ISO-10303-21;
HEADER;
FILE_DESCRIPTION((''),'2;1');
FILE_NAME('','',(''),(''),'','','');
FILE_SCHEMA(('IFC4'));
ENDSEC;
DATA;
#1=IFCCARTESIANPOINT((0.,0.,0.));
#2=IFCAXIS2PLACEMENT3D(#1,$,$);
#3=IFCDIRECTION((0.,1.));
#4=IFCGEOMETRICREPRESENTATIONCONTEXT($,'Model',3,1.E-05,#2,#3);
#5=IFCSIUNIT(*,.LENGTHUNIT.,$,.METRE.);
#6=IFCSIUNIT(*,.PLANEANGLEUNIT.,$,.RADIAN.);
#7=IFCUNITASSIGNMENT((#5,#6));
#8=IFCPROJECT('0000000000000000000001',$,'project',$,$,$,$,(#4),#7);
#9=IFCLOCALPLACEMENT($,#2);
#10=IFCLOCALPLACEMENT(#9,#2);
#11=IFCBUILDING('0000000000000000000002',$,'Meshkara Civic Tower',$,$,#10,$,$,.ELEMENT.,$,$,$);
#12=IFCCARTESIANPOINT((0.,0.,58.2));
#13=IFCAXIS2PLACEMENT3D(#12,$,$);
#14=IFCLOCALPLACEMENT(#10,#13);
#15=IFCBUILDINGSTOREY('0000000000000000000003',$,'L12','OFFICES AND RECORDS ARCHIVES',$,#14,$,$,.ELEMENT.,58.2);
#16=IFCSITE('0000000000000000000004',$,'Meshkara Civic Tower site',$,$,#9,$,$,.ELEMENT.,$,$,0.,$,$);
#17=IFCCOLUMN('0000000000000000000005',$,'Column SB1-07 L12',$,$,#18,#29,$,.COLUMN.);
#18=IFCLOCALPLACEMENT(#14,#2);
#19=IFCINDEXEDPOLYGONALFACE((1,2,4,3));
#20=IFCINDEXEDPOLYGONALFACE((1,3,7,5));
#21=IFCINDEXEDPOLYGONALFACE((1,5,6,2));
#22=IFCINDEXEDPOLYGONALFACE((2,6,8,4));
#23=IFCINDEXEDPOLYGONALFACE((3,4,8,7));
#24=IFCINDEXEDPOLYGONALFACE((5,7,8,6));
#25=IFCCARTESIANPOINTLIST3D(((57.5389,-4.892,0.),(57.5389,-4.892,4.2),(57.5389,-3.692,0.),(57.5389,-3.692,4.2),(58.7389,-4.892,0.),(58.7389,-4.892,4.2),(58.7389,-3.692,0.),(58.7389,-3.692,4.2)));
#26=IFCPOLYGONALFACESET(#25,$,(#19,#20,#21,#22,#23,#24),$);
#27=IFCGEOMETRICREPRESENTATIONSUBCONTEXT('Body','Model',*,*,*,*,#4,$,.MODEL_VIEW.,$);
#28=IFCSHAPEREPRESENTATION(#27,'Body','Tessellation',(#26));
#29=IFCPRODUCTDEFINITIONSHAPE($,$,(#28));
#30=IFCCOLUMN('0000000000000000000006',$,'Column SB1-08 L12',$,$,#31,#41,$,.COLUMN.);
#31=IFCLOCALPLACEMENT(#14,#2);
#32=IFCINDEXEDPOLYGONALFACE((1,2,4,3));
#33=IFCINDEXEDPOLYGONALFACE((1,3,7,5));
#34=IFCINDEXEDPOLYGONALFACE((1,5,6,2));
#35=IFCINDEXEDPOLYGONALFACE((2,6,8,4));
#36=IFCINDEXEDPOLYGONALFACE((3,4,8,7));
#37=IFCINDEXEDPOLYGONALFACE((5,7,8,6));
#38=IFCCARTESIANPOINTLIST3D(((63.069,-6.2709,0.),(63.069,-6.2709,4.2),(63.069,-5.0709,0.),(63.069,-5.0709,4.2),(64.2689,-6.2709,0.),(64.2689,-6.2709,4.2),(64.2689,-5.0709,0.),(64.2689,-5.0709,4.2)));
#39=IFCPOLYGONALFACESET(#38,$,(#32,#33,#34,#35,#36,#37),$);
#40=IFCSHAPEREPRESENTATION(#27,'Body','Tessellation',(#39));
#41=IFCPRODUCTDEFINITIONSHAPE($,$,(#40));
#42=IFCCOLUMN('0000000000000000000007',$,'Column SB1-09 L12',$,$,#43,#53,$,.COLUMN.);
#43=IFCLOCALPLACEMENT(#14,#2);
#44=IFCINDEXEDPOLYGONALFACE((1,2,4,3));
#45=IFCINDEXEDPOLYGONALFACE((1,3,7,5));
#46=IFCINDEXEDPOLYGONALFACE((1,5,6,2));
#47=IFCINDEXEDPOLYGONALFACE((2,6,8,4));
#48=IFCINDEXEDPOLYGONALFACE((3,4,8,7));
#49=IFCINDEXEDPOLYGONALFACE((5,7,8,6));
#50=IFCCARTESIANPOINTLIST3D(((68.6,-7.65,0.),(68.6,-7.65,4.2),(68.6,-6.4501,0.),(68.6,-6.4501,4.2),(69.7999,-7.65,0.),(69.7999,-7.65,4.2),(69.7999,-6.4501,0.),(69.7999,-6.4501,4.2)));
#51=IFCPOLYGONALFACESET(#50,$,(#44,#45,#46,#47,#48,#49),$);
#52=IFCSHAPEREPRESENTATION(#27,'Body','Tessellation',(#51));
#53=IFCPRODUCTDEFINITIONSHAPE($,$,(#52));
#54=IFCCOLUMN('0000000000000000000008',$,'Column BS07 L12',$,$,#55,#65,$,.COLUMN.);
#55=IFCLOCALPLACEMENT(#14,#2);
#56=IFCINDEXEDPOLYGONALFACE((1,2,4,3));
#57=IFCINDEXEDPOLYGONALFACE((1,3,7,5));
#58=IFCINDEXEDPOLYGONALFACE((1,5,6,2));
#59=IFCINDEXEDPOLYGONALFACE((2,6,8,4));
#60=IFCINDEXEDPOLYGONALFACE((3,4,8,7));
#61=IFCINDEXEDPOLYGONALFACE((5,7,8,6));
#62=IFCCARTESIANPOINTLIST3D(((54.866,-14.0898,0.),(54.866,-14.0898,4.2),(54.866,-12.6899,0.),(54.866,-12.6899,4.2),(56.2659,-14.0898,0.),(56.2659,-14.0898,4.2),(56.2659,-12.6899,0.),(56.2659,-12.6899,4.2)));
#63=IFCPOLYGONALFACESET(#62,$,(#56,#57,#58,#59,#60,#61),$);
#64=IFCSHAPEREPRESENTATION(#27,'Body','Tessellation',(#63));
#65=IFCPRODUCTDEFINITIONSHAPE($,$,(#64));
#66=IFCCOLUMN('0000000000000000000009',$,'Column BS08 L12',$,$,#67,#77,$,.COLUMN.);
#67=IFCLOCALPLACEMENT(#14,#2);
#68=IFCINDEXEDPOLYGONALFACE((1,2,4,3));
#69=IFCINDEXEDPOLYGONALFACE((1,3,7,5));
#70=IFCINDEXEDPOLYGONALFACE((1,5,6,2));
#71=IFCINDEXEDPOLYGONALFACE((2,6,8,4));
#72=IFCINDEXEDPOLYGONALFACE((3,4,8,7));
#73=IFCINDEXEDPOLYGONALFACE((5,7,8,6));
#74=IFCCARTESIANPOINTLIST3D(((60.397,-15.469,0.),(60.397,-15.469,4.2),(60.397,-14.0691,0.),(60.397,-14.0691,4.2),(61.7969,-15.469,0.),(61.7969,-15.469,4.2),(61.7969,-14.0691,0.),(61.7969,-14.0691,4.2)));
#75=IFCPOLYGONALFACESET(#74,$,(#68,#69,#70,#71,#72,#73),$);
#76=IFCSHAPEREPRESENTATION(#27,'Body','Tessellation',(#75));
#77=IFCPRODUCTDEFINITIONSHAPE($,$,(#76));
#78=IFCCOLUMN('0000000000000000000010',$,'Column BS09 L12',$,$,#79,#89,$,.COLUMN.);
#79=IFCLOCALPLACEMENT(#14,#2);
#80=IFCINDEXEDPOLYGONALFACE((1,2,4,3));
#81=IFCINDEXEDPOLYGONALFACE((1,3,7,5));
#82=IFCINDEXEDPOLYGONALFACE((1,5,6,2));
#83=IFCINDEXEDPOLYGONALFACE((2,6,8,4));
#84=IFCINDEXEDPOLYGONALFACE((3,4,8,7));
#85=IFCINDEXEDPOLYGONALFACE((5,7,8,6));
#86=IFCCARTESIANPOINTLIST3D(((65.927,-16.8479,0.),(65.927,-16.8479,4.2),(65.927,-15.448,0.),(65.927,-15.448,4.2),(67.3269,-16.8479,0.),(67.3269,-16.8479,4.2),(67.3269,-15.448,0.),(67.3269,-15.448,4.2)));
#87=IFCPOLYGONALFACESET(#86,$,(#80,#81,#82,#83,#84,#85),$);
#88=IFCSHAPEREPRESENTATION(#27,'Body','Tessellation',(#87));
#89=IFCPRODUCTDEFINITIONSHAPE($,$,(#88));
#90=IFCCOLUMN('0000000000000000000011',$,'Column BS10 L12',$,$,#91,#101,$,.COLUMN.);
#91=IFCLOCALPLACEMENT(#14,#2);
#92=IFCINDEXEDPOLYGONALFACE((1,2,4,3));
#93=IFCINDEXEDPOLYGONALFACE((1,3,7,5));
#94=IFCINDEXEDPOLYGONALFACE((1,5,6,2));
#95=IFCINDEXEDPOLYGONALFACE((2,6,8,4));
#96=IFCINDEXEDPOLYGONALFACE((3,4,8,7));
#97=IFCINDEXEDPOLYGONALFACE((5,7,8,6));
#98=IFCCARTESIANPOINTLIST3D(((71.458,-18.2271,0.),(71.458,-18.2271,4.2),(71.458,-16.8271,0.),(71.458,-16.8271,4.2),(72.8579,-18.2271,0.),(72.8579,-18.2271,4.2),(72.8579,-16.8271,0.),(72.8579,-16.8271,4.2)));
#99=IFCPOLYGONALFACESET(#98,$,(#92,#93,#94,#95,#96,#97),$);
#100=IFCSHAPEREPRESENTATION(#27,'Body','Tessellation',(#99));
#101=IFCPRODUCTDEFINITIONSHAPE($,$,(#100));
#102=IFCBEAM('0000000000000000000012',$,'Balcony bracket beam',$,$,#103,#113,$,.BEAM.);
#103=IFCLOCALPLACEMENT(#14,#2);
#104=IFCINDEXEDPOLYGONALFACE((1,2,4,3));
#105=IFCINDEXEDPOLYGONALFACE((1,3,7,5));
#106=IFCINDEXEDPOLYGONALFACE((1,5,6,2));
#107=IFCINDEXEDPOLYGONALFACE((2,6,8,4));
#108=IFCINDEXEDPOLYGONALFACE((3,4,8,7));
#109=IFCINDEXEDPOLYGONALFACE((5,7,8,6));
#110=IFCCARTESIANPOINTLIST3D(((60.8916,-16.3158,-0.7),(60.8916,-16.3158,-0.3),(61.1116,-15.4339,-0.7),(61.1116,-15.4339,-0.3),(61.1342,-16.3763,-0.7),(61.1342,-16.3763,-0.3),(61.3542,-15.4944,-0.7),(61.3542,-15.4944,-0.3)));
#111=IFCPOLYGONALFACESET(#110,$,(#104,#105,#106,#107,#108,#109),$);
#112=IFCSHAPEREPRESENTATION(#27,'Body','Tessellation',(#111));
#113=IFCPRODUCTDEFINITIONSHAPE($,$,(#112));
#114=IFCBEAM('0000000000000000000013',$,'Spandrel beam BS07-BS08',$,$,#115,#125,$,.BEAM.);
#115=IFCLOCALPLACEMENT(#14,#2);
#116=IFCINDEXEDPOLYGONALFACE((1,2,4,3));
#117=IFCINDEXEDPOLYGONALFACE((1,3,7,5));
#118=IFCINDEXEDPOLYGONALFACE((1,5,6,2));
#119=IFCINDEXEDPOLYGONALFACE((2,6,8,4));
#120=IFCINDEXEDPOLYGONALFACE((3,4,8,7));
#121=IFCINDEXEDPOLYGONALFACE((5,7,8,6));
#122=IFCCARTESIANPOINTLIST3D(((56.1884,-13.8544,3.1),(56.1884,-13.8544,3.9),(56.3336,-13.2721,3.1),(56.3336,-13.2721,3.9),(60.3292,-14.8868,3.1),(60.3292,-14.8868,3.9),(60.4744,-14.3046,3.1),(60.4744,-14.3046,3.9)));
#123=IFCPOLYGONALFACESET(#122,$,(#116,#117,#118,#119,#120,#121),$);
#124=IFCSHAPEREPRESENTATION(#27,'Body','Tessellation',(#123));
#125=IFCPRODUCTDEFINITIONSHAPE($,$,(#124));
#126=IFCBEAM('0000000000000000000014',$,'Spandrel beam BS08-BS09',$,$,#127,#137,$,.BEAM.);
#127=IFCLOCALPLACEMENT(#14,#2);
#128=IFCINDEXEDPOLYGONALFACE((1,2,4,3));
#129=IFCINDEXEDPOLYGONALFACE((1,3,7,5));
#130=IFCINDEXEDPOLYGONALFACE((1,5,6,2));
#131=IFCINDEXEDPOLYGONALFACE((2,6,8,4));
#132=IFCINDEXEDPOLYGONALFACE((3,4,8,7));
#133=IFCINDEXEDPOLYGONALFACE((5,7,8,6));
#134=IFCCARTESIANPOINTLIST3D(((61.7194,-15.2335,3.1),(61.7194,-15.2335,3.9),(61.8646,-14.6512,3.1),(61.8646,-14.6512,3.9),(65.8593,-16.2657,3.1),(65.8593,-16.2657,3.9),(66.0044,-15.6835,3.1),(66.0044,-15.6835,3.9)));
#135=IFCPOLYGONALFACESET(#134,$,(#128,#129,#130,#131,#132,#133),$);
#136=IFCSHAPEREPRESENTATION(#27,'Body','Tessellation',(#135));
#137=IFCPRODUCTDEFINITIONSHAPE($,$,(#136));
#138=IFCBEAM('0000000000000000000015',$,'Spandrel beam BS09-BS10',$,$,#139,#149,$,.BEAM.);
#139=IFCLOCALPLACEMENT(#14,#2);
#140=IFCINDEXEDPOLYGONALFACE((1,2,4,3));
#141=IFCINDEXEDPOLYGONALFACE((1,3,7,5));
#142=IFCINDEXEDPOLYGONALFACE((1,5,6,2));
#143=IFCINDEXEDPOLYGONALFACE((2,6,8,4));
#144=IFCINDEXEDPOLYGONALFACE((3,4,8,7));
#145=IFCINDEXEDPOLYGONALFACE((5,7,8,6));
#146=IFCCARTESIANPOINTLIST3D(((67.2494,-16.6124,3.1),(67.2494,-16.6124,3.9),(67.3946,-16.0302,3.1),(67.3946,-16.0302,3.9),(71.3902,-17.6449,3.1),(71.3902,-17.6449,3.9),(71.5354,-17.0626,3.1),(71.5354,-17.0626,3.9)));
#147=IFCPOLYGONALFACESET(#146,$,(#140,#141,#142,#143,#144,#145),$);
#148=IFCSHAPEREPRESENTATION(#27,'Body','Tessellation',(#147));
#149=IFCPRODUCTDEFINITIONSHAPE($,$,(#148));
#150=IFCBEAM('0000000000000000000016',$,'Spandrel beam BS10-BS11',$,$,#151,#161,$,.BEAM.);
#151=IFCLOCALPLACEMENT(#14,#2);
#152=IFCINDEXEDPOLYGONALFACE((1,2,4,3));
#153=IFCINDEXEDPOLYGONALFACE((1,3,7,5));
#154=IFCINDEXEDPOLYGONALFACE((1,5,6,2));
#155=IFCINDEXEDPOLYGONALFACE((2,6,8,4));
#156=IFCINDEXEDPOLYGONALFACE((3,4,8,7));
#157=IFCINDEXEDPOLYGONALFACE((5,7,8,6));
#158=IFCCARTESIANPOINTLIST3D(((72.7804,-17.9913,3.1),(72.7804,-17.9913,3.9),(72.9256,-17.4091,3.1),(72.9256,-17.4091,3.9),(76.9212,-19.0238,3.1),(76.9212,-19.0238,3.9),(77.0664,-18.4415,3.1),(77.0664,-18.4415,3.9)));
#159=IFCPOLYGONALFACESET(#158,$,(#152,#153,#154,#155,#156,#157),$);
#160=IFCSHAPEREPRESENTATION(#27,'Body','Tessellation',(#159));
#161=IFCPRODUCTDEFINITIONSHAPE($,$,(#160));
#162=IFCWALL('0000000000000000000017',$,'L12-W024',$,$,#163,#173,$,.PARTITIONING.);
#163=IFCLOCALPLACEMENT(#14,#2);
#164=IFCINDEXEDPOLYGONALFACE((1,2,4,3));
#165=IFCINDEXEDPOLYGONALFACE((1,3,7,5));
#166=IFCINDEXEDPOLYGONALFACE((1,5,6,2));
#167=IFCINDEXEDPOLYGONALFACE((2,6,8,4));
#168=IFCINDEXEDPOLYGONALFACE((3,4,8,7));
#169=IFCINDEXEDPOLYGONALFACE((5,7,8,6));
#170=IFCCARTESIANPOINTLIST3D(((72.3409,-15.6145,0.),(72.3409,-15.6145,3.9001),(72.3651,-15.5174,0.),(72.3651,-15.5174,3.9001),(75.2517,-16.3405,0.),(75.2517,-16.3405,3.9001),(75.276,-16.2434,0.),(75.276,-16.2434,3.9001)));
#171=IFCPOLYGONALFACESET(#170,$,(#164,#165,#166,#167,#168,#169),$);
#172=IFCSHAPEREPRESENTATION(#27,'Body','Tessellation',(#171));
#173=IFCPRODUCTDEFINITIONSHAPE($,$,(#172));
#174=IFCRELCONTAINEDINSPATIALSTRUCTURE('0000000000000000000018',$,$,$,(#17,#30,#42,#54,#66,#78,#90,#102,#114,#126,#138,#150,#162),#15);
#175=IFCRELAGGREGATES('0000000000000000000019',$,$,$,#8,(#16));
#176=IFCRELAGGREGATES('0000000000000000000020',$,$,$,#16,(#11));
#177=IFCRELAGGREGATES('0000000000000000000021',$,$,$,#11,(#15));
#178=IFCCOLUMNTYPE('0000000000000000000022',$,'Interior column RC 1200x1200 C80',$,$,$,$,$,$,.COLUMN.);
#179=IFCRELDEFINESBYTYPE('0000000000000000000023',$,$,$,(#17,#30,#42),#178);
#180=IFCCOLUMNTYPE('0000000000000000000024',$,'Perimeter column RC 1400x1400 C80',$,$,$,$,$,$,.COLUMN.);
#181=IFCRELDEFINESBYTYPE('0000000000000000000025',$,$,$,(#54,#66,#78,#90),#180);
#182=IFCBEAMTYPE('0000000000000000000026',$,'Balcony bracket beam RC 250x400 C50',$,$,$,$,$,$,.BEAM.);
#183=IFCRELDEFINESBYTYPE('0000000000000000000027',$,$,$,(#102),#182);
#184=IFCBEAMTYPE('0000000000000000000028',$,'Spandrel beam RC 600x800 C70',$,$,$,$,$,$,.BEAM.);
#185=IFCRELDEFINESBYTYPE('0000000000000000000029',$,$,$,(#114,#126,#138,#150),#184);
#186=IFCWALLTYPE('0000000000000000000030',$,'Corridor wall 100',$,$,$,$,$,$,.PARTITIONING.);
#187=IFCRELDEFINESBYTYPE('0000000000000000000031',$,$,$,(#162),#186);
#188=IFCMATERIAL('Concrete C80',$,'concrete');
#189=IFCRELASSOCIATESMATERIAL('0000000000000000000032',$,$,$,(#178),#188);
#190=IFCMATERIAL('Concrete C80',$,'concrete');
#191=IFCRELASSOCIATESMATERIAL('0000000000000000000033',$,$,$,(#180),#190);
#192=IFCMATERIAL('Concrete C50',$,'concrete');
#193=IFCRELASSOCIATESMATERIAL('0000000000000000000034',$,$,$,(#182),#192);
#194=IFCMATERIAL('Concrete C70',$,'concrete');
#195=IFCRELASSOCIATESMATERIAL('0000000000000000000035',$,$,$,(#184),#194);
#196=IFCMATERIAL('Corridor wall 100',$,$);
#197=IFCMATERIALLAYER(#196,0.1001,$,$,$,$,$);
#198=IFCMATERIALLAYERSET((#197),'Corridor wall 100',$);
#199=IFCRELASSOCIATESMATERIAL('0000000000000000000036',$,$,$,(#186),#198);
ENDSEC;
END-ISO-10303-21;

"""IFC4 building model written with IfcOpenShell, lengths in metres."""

from ifc_helpers import new_model, si_unit, direction, frame, frame_2d, origin, origin_2d, place, context, subcontext, project, spatial, rectangle, extrude, material, layer, layer_set, material_profile, profile_set, type_object, element, save


model = new_model("IFC4")

# Units and contexts
model_context = context("Model", 3, precision=1e-05, world=origin(), true_north=direction((0.0, 1.0)))
body_context = subcontext(model_context, "Body", "Model", "MODEL_VIEW")
ifc_project = project(units=[si_unit("LENGTHUNIT", "METRE"), si_unit("PLANEANGLEUNIT", "RADIAN")], contexts=[model_context])

# Site, building, storey
site_placement = place(None, origin())
site = spatial("IfcSite", under=ifc_project, at=site_placement, Name="Meshkara Civic Tower site", CompositionType="ELEMENT", RefElevation=0.0)
building_placement = place(site_placement, origin())
building = spatial("IfcBuilding", under=site, at=building_placement, Name="Meshkara Civic Tower", CompositionType="ELEMENT")
storey_placement = place(building_placement, frame((0.0, 0.0, 58.2)))
storey = spatial("IfcBuildingStorey", under=building, at=storey_placement, Name="L12", Description="OFFICES AND RECORDS ARCHIVES", CompositionType="ELEMENT", Elevation=58.2)

# Columns
ifc_material_1 = material(Name="Concrete C80", Category="concrete")
ifc_material_profile_1 = material_profile(ifc_material_1, rectangle(XDim=1.2, YDim=1.2, at=origin_2d()))
ifc_profile_set_1 = profile_set([ifc_material_profile_1], Name="Concrete C80")
column_type_1 = type_object("IfcColumnType", Name="Interior column RC 1200x1200 C80", PredefinedType="COLUMN", material=ifc_profile_set_1)
for number, where, z_axis, x_axis, name in (
    (1, (58.1389, -4.292, 0.0), (0.0, 0.0, 1.0), (1.0, 0.0, 0.0), "Column SB1-07 L12"),
    (2, (63.6689, -5.6709, 0.0), (0.0, 0.0, 1.0), (1.0, 0.0, 0.0), "Column SB1-08 L12"),
    (3, (69.2, -7.05, 0.0), (0.0, 0.0, 1.0), (1.0, 0.0, 0.0), "Column SB1-09 L12"),
):
    element("IfcColumn", number, at=place(storey_placement, frame(where, z_axis=z_axis, x_axis=x_axis)), inside=storey, type_object=column_type_1, Name=name, PredefinedType="COLUMN", context=body_context, shape_type="SweptSolid", body=[
        extrude(rectangle(XDim=1.2, YDim=1.2, at=origin_2d()), origin(), (0.0, 0.0, 1.0), 4.2),
    ])
ifc_material_2 = material(Name="Concrete C80", Category="concrete")
ifc_material_profile_2 = material_profile(ifc_material_2, rectangle(XDim=1.3999, YDim=1.3999, at=origin_2d()))
ifc_profile_set_2 = profile_set([ifc_material_profile_2], Name="Concrete C80")
column_type_2 = type_object("IfcColumnType", Name="Perimeter column RC 1400x1400 C80", PredefinedType="COLUMN", material=ifc_profile_set_2)
for number, where, z_axis, x_axis, name in (
    (4, (55.5659, -13.3899, 0.0), (0.0, 0.0, 1.0), (1.0, 0.0, 0.0), "Column BS07 L12"),
    (5, (61.0969, -14.769, 0.0), (0.0, 0.0, 1.0), (1.0, 0.0, 0.0), "Column BS08 L12"),
    (6, (66.627, -16.1479, 0.0), (0.0, 0.0, 1.0), (1.0, 0.0, 0.0), "Column BS09 L12"),
    (7, (72.158, -17.5271, 0.0), (0.0, 0.0, 1.0), (1.0, 0.0, 0.0), "Column BS10 L12"),
):
    element("IfcColumn", number, at=place(storey_placement, frame(where, z_axis=z_axis, x_axis=x_axis)), inside=storey, type_object=column_type_2, Name=name, PredefinedType="COLUMN", context=body_context, shape_type="SweptSolid", body=[
        extrude(rectangle(XDim=1.3999, YDim=1.3999, at=origin_2d()), origin(), (0.0, 0.0, 1.0), 4.2),
    ])

# Beams
ifc_material_3 = material(Name="Concrete C50", Category="concrete")
ifc_material_profile_3 = material_profile(ifc_material_3, rectangle(XDim=0.25, YDim=0.3999, at=origin_2d()))
ifc_profile_set_3 = profile_set([ifc_material_profile_3], Name="Concrete C50")
beam_type_1 = type_object("IfcBeamType", Name="Balcony bracket beam RC 250x400 C50", PredefinedType="BEAM", material=ifc_profile_set_3)
beam_1_placement = place(storey_placement, frame((61.2329, -15.4641, -0.5), z_axis=(-0.24203, -0.970269, 0.0), x_axis=(0.970269, -0.24203, 0.0)))
element("IfcBeam", 8, at=beam_1_placement, inside=storey, type_object=beam_type_1, Name="Balcony bracket beam", PredefinedType="BEAM", context=body_context, shape_type="SweptSolid", body=[
    extrude(rectangle(XDim=0.25, YDim=0.3999, at=origin_2d()), origin(), (0.0, 0.0, 1.0), 0.9089),
])
ifc_material_4 = material(Name="Concrete C70", Category="concrete")
ifc_material_profile_4 = material_profile(ifc_material_4, rectangle(XDim=0.6001, YDim=0.8, at=origin_2d()))
ifc_profile_set_4 = profile_set([ifc_material_profile_4], Name="Concrete C70")
beam_type_2 = type_object("IfcBeamType", Name="Spandrel beam RC 600x800 C70", PredefinedType="BEAM", material=ifc_profile_set_4)
beam_2_placement = place(storey_placement, frame((56.261, -13.5632, 3.5), z_axis=(0.970294, -0.24193, 0.0), x_axis=(0.24193, 0.970294, 0.0)))
element("IfcBeam", 9, at=beam_2_placement, inside=storey, type_object=beam_type_2, Name="Spandrel beam BS07-BS08", PredefinedType="BEAM", context=body_context, shape_type="SweptSolid", body=[
    extrude(rectangle(XDim=0.6001, YDim=0.8, at=origin_2d()), origin(), (0.0, 0.0, 1.0), 4.2676),
])
beam_3_placement = place(storey_placement, frame((61.792, -14.9424, 3.5), z_axis=(0.970294, -0.24193, 0.0), x_axis=(0.24193, 0.970294, 0.0)))
element("IfcBeam", 10, at=beam_3_placement, inside=storey, type_object=beam_type_2, Name="Spandrel beam BS08-BS09", PredefinedType="BEAM", context=body_context, shape_type="SweptSolid", body=[
    extrude(rectangle(XDim=0.6001, YDim=0.8, at=origin_2d()), origin(), (0.0, 0.0, 1.0), 4.2666),
])
for number, where, z_axis, x_axis, name in (
    (11, (67.322, -16.3213, 3.5), (0.970294, -0.24193, 0.0), (0.24193, 0.970294, 0.0), "Spandrel beam BS09-BS10"),
    (12, (72.853, -17.7002, 3.5), (0.970294, -0.24193, 0.0), (0.24193, 0.970294, 0.0), "Spandrel beam BS10-BS11"),
):
    element("IfcBeam", number, at=place(storey_placement, frame(where, z_axis=z_axis, x_axis=x_axis)), inside=storey, type_object=beam_type_2, Name=name, PredefinedType="BEAM", context=body_context, shape_type="SweptSolid", body=[
        extrude(rectangle(XDim=0.6001, YDim=0.8, at=origin_2d()), origin(), (0.0, 0.0, 1.0), 4.2676),
    ])

# Wall
ifc_material_5 = material(Name="Corridor wall 100")
ifc_layer_1 = layer(ifc_material_5, 0.1001)
ifc_layer_set_1 = layer_set([ifc_layer_1], Name="Corridor wall 100")
wall_type_1 = type_object("IfcWallType", Name="Corridor wall 100", PredefinedType="PARTITIONING", material=ifc_layer_set_1)
wall_1_placement = place(storey_placement, frame((72.353, -15.5659, 0.0), z_axis=(0.0, 0.0, 1.0), x_axis=(0.970272, -0.242019, 0.0)))
element("IfcWall", 13, at=wall_1_placement, inside=storey, type_object=wall_type_1, Name="L12-W024", PredefinedType="PARTITIONING", context=body_context, shape_type="SweptSolid", body=[
    extrude(rectangle(XDim=3.0, YDim=0.1001, at=frame_2d((1.5, 0.0))), origin(), (0.0, 0.0, 1.0), 3.9001),
])

save(model, "model.ifc")
